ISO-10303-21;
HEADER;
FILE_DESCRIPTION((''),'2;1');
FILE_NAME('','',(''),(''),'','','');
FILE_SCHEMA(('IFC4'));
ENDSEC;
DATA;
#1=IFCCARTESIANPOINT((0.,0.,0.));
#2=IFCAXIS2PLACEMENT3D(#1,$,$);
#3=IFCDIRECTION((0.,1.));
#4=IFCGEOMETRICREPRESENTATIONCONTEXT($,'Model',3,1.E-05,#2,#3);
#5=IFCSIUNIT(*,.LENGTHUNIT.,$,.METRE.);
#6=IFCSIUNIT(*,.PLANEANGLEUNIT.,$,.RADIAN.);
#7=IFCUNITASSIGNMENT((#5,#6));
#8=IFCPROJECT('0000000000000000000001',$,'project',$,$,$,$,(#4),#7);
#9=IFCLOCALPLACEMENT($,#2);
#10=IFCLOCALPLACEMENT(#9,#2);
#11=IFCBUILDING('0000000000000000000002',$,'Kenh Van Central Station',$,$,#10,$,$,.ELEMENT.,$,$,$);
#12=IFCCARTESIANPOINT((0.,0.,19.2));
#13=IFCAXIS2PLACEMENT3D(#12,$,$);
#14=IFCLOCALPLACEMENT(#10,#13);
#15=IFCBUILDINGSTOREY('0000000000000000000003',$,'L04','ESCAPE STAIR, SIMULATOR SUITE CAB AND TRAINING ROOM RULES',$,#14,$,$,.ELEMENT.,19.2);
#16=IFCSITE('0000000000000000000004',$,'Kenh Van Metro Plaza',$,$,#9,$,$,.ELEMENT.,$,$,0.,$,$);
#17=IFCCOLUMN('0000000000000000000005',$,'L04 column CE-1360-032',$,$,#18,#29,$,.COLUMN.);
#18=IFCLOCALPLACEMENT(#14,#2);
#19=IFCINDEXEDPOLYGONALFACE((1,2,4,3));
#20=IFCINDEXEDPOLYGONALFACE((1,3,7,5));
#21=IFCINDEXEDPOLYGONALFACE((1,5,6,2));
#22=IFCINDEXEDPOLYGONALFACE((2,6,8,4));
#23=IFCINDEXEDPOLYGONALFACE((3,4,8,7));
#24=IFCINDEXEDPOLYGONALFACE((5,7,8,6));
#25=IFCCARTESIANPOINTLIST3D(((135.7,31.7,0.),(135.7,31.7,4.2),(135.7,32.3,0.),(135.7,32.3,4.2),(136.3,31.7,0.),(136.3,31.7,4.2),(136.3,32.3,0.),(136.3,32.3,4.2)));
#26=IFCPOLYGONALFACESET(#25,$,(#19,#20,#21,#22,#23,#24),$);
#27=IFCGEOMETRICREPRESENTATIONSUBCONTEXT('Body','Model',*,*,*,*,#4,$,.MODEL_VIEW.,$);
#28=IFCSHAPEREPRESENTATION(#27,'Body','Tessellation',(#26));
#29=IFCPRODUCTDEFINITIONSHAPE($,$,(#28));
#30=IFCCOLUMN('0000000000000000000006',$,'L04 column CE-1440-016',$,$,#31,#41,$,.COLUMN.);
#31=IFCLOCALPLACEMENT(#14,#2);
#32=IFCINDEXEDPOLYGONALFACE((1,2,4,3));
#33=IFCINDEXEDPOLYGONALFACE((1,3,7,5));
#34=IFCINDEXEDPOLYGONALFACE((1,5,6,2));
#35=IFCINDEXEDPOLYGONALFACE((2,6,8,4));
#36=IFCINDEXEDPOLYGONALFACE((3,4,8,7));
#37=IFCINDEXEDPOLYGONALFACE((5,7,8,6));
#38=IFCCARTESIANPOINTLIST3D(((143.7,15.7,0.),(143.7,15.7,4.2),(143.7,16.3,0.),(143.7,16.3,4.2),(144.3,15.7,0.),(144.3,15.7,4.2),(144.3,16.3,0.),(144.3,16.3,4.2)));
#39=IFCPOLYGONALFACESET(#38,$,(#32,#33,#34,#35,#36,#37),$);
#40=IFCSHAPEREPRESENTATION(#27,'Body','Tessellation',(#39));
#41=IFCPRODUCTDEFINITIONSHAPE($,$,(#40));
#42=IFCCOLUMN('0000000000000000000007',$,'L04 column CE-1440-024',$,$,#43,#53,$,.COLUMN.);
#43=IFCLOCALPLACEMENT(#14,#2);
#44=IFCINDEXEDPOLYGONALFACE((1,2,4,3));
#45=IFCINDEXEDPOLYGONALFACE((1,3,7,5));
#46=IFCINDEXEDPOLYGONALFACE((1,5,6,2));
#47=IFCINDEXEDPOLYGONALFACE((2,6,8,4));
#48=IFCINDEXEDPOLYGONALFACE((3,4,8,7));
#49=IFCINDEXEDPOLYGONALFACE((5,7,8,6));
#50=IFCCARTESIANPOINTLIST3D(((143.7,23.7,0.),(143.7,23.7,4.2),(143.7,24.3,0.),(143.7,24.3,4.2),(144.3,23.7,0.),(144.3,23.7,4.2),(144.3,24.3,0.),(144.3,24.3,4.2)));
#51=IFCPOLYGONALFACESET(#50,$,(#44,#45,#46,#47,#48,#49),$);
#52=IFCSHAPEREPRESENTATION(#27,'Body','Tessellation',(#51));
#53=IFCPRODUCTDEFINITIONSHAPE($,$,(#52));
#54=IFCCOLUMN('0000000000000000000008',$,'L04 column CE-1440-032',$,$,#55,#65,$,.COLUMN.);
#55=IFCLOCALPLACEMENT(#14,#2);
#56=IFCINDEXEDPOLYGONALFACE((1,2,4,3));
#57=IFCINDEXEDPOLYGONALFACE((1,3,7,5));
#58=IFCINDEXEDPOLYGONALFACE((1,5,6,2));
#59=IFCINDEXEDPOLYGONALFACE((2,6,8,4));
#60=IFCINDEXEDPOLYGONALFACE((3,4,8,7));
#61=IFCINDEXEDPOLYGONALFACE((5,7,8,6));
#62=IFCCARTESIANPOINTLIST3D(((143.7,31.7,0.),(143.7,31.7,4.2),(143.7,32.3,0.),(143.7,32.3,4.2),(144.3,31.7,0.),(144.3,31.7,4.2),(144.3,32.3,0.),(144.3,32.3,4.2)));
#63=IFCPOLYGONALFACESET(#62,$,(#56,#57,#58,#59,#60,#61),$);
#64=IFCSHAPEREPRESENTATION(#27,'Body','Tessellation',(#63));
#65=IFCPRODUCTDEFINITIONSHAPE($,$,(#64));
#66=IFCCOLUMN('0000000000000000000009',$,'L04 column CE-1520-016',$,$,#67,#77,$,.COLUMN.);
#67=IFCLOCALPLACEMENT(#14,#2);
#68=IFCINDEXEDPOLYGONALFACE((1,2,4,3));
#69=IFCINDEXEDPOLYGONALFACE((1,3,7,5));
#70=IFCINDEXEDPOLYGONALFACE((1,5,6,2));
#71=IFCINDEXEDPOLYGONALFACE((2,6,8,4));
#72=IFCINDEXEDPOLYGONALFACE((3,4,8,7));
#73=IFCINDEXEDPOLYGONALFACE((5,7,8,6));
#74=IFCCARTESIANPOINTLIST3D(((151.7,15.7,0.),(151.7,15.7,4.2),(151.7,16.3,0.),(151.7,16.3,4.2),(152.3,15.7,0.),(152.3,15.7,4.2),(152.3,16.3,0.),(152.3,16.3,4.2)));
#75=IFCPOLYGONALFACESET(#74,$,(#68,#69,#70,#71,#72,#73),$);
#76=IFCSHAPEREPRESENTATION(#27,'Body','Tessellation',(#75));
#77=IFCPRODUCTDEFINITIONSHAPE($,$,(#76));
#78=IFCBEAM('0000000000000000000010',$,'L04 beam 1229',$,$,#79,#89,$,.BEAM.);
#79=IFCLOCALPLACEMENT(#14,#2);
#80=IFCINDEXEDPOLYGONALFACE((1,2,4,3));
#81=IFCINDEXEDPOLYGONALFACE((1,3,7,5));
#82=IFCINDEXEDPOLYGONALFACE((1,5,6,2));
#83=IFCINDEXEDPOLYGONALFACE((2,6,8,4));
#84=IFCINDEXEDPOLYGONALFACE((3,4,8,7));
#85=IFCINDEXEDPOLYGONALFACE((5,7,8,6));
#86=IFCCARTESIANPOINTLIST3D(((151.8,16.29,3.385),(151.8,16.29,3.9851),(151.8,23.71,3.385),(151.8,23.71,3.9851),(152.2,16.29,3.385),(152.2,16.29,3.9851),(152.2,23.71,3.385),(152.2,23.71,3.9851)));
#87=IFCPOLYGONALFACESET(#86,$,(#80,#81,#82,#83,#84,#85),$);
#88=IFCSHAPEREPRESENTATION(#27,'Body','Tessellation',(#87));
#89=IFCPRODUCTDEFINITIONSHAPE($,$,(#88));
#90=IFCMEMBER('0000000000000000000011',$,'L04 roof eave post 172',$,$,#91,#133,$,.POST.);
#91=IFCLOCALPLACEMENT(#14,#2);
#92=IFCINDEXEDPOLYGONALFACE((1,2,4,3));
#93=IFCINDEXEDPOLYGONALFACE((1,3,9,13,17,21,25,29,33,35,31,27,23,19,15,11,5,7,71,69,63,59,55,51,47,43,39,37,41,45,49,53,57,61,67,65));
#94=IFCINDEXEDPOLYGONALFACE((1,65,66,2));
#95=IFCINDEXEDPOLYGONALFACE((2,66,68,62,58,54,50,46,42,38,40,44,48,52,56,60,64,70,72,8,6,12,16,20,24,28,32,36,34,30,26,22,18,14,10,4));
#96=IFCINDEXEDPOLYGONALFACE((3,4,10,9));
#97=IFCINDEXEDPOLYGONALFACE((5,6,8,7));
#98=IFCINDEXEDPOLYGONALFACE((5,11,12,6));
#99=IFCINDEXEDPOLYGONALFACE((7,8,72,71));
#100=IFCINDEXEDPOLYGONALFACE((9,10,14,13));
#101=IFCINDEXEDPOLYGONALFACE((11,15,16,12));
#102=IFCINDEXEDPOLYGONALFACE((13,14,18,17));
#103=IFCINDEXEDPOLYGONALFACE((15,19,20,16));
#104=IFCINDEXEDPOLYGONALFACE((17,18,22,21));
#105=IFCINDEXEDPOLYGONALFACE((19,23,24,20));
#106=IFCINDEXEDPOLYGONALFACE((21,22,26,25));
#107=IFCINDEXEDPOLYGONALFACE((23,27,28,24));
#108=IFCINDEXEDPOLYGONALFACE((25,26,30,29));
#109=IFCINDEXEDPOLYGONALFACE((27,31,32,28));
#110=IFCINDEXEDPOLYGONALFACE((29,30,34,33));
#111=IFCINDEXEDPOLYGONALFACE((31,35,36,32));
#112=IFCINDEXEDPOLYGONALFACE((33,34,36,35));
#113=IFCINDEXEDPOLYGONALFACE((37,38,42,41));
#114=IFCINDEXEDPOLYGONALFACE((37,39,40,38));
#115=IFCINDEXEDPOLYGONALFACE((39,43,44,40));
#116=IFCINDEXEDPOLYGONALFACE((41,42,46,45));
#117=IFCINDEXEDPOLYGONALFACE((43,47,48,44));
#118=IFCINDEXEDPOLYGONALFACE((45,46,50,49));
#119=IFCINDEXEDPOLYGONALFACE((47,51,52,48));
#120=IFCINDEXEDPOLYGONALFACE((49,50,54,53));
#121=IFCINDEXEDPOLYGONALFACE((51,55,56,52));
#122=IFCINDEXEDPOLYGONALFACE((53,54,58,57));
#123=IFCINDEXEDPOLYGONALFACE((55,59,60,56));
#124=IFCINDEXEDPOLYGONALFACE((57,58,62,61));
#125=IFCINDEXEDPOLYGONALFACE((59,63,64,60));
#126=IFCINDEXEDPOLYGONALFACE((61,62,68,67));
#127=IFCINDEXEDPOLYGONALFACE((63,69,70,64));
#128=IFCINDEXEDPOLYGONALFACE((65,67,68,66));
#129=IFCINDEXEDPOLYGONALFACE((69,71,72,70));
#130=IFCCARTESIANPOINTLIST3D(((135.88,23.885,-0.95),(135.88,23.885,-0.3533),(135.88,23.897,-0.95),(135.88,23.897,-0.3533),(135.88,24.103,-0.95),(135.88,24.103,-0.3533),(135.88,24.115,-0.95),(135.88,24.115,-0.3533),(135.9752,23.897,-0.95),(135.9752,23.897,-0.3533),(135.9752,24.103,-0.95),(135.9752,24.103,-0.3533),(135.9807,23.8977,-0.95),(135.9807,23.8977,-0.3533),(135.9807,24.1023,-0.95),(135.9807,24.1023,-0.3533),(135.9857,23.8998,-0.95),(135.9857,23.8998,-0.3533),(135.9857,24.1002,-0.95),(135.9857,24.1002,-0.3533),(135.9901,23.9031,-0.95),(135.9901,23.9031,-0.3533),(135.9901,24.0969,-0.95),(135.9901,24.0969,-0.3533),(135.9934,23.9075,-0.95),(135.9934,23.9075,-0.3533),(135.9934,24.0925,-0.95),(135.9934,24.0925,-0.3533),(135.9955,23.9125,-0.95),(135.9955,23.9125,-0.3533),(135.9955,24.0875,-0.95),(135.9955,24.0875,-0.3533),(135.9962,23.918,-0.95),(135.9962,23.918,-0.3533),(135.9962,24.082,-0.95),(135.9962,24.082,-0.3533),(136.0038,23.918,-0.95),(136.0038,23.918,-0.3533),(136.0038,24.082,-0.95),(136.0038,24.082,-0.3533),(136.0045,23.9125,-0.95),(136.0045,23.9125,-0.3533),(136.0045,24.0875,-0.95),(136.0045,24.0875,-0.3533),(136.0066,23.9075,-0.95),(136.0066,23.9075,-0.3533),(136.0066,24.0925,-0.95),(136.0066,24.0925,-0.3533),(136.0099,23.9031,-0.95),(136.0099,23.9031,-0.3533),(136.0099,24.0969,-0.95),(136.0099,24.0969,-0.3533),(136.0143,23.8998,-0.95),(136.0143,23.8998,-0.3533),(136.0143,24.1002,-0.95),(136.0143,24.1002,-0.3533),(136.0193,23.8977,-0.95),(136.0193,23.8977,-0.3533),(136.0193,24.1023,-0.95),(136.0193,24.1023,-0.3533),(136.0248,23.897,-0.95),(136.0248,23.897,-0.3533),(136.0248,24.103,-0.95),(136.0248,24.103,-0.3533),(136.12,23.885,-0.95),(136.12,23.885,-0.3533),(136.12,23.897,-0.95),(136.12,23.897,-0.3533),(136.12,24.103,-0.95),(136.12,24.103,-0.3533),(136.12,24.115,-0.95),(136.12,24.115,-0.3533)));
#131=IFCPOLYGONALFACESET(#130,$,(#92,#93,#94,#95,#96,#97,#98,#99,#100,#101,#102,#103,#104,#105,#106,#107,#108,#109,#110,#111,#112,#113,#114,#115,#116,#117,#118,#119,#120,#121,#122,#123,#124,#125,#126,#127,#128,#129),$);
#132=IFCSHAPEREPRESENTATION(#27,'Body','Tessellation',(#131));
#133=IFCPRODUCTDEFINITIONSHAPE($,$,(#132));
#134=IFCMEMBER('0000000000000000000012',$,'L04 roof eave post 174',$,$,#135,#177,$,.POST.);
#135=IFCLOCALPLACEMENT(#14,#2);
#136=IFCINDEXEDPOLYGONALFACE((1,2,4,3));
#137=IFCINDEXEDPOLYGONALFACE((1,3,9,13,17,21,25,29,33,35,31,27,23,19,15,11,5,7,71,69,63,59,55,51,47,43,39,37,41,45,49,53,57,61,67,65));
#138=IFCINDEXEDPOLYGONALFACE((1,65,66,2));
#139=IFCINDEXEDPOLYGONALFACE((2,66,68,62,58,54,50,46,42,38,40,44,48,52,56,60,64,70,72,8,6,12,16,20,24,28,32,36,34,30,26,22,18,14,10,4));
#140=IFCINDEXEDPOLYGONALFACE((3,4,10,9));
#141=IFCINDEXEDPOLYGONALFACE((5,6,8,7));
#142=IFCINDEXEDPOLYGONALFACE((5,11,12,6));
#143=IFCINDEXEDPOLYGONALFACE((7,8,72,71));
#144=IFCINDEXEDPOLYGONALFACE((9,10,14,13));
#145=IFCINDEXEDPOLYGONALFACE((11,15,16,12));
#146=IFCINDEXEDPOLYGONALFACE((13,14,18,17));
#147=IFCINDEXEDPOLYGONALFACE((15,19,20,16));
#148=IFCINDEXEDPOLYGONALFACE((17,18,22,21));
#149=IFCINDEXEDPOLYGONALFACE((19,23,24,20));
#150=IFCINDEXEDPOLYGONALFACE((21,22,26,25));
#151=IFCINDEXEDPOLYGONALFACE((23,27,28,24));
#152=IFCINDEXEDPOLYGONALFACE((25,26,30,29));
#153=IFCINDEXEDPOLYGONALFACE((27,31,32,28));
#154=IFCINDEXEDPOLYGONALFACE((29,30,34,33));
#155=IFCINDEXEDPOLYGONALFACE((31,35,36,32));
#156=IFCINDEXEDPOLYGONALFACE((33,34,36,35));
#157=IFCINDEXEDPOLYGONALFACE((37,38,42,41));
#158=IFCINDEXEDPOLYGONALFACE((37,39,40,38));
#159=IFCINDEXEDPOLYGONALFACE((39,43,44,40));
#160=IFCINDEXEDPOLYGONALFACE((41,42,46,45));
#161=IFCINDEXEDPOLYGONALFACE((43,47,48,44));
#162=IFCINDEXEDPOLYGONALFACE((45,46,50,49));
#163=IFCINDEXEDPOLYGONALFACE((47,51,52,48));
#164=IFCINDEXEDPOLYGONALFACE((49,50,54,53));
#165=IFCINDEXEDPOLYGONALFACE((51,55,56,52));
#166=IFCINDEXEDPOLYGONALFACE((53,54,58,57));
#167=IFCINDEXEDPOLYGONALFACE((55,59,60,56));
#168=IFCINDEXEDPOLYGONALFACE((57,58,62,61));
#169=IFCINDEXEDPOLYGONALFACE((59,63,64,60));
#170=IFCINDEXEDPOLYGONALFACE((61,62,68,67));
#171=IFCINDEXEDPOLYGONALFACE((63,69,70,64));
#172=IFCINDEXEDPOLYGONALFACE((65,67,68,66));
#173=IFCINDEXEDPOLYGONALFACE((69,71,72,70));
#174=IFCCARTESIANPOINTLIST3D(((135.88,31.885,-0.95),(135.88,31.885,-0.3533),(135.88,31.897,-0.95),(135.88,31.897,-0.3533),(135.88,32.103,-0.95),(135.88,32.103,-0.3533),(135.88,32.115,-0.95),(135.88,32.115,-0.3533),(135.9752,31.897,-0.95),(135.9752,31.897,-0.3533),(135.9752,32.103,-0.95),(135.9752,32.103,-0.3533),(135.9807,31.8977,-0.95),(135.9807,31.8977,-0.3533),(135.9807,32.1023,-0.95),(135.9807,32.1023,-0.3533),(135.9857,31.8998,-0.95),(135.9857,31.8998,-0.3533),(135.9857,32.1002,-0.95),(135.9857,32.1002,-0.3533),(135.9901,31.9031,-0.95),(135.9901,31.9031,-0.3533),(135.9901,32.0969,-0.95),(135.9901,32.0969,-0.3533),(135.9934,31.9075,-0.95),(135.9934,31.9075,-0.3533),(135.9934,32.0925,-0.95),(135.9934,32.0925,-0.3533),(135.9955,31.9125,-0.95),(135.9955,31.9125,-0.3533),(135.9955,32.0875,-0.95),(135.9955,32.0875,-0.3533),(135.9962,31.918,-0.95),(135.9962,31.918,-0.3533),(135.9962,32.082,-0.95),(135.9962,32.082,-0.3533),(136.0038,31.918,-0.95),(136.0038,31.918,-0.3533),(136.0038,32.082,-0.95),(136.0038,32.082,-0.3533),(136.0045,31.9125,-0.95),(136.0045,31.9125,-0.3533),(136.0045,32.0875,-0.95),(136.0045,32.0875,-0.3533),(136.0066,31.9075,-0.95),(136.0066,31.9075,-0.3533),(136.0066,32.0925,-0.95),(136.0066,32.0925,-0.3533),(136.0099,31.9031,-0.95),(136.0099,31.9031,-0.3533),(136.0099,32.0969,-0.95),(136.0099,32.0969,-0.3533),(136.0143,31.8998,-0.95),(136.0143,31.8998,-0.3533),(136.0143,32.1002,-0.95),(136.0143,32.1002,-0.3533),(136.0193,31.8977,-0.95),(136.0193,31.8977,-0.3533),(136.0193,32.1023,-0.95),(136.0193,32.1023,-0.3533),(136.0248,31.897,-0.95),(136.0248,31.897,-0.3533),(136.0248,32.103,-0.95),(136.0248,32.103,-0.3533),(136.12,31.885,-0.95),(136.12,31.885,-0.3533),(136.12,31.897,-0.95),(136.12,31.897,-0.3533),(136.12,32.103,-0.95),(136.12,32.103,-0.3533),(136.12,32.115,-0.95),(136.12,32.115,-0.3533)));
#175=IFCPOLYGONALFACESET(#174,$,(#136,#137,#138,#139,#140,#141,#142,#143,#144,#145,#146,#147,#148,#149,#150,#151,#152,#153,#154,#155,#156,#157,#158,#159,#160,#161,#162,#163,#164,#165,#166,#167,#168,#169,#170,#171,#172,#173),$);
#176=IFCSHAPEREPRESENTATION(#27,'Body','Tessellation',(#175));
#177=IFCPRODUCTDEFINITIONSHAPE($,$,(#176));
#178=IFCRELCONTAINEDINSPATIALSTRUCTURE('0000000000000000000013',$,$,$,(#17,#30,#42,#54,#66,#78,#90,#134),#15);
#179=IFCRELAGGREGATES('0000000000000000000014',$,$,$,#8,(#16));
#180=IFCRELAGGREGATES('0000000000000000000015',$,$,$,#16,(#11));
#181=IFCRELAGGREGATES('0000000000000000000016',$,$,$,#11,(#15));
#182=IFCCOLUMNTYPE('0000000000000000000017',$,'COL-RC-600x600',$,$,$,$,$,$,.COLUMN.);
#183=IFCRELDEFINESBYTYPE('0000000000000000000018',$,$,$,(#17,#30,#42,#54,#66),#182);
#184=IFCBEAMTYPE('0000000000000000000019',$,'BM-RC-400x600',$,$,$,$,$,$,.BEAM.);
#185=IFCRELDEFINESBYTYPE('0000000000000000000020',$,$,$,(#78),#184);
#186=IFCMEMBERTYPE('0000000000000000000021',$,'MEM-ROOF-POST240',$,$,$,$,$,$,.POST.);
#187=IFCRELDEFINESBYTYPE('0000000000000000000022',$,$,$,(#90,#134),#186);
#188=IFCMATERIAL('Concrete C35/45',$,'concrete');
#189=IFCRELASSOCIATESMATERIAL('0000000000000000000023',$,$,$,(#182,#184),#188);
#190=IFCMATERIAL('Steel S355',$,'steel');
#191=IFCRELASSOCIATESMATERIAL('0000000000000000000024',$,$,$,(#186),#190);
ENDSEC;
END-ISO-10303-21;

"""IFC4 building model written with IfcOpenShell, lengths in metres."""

from ifc_helpers import new_model, si_unit, direction, frame, origin, origin_2d, place, context, subcontext, project, spatial, rectangle, i_section, extrude, material, material_profile, profile_set, type_object, element, save


model = new_model("IFC4")

# Units and contexts
model_context = context("Model", 3, precision=1e-05, world=origin(), true_north=direction((0.0, 1.0)))
body_context = subcontext(model_context, "Body", "Model", "MODEL_VIEW")
ifc_project = project(units=[si_unit("LENGTHUNIT", "METRE"), si_unit("PLANEANGLEUNIT", "RADIAN")], contexts=[model_context])

# Site, building, storey
site_placement = place(None, origin())
site = spatial("IfcSite", under=ifc_project, at=site_placement, Name="Kenh Van Metro Plaza", CompositionType="ELEMENT", RefElevation=0.0)
building_placement = place(site_placement, origin())
building = spatial("IfcBuilding", under=site, at=building_placement, Name="Kenh Van Central Station", CompositionType="ELEMENT")
storey_placement = place(building_placement, frame((0.0, 0.0, 19.2)))
storey = spatial("IfcBuildingStorey", under=building, at=storey_placement, Name="L04", Description="ESCAPE STAIR, SIMULATOR SUITE CAB AND TRAINING ROOM RULES", CompositionType="ELEMENT", Elevation=19.2)

# Columns
ifc_material_1 = material(Name="Concrete C35/45", Category="concrete")
ifc_material_profile_1 = material_profile(ifc_material_1, rectangle(XDim=0.6001, YDim=0.6001, at=origin_2d()), Name="RC 600x600")
ifc_profile_set_1 = profile_set([ifc_material_profile_1], Name="Concrete C35/45")
column_type = type_object("IfcColumnType", Name="COL-RC-600x600", PredefinedType="COLUMN", material=ifc_profile_set_1)
for number, where, z_axis, x_axis, name in (
    (1, (136.0, 32.0, 0.0), (0.0, 0.0, 1.0), (1.0, 0.0, 0.0), "L04 column CE-1360-032"),
    (2, (144.0, 16.0, 0.0), (0.0, 0.0, 1.0), (1.0, 0.0, 0.0), "L04 column CE-1440-016"),
    (3, (144.0, 24.0, 0.0), (0.0, 0.0, 1.0), (1.0, 0.0, 0.0), "L04 column CE-1440-024"),
    (4, (144.0, 32.0, 0.0), (0.0, 0.0, 1.0), (1.0, 0.0, 0.0), "L04 column CE-1440-032"),
    (5, (152.0, 16.0, 0.0), (0.0, 0.0, 1.0), (1.0, 0.0, 0.0), "L04 column CE-1520-016"),
):
    element("IfcColumn", number, at=place(storey_placement, frame(where, z_axis=z_axis, x_axis=x_axis)), inside=storey, type_object=column_type, Name=name, PredefinedType="COLUMN", context=body_context, shape_type="SweptSolid", body=[
        extrude(rectangle(XDim=0.6001, YDim=0.6001, at=origin_2d()), origin(), (0.0, 0.0, 1.0), 4.2),
    ])

# Beam
ifc_material_profile_2 = material_profile(ifc_material_1, rectangle(XDim=0.3999, YDim=0.6001, at=origin_2d()), Name="RC 400x600")
ifc_profile_set_2 = profile_set([ifc_material_profile_2], Name="Concrete C35/45")
beam_type_1 = type_object("IfcBeamType", Name="BM-RC-400x600", PredefinedType="BEAM", material=ifc_profile_set_2)
beam_placement = place(storey_placement, frame((152.0, 16.29, 3.6851), z_axis=(0.0, 1.0, 0.0), x_axis=(-1.0, 0.0, 0.0)))
element("IfcBeam", 6, at=beam_placement, inside=storey, type_object=beam_type_1, Name="L04 beam 1229", PredefinedType="BEAM", context=body_context, shape_type="SweptSolid", body=[
    extrude(rectangle(XDim=0.3999, YDim=0.6001, at=origin_2d()), origin(), (0.0, 0.0, 1.0), 7.4199),
])

# Members
ifc_material_2 = material(Name="Steel S355", Category="steel")
ifc_material_profile_3 = material_profile(ifc_material_2, i_section(OverallWidth=0.24, OverallDepth=0.23, WebThickness=0.0076, FlangeThickness=0.012, FilletRadius=0.021, at=origin_2d()), Name="HEA 240")
ifc_profile_set_3 = profile_set([ifc_material_profile_3], Name="Steel S355")
member_type = type_object("IfcMemberType", Name="MEM-ROOF-POST240", PredefinedType="POST", material=ifc_profile_set_3)
for number, where, z_axis, x_axis, name in (
    (7, (136.0, 24.0, -0.95), (0.0, 0.0, 1.0), (1.0, 0.0, 0.0), "L04 roof eave post 172"),
    (8, (136.0, 32.0, -0.95), (0.0, 0.0, 1.0), (1.0, 0.0, 0.0), "L04 roof eave post 174"),
):
    element("IfcMember", number, at=place(storey_placement, frame(where, z_axis=z_axis, x_axis=x_axis)), inside=storey, type_object=member_type, Name=name, PredefinedType="POST", context=body_context, shape_type="SweptSolid", body=[
        extrude(i_section(OverallWidth=0.24, OverallDepth=0.23, WebThickness=0.0076, FlangeThickness=0.012, FilletRadius=0.021, at=origin_2d()), origin(), (0.0, 0.0, 1.0), 0.5967),
    ])

save(model, "model.ifc")
